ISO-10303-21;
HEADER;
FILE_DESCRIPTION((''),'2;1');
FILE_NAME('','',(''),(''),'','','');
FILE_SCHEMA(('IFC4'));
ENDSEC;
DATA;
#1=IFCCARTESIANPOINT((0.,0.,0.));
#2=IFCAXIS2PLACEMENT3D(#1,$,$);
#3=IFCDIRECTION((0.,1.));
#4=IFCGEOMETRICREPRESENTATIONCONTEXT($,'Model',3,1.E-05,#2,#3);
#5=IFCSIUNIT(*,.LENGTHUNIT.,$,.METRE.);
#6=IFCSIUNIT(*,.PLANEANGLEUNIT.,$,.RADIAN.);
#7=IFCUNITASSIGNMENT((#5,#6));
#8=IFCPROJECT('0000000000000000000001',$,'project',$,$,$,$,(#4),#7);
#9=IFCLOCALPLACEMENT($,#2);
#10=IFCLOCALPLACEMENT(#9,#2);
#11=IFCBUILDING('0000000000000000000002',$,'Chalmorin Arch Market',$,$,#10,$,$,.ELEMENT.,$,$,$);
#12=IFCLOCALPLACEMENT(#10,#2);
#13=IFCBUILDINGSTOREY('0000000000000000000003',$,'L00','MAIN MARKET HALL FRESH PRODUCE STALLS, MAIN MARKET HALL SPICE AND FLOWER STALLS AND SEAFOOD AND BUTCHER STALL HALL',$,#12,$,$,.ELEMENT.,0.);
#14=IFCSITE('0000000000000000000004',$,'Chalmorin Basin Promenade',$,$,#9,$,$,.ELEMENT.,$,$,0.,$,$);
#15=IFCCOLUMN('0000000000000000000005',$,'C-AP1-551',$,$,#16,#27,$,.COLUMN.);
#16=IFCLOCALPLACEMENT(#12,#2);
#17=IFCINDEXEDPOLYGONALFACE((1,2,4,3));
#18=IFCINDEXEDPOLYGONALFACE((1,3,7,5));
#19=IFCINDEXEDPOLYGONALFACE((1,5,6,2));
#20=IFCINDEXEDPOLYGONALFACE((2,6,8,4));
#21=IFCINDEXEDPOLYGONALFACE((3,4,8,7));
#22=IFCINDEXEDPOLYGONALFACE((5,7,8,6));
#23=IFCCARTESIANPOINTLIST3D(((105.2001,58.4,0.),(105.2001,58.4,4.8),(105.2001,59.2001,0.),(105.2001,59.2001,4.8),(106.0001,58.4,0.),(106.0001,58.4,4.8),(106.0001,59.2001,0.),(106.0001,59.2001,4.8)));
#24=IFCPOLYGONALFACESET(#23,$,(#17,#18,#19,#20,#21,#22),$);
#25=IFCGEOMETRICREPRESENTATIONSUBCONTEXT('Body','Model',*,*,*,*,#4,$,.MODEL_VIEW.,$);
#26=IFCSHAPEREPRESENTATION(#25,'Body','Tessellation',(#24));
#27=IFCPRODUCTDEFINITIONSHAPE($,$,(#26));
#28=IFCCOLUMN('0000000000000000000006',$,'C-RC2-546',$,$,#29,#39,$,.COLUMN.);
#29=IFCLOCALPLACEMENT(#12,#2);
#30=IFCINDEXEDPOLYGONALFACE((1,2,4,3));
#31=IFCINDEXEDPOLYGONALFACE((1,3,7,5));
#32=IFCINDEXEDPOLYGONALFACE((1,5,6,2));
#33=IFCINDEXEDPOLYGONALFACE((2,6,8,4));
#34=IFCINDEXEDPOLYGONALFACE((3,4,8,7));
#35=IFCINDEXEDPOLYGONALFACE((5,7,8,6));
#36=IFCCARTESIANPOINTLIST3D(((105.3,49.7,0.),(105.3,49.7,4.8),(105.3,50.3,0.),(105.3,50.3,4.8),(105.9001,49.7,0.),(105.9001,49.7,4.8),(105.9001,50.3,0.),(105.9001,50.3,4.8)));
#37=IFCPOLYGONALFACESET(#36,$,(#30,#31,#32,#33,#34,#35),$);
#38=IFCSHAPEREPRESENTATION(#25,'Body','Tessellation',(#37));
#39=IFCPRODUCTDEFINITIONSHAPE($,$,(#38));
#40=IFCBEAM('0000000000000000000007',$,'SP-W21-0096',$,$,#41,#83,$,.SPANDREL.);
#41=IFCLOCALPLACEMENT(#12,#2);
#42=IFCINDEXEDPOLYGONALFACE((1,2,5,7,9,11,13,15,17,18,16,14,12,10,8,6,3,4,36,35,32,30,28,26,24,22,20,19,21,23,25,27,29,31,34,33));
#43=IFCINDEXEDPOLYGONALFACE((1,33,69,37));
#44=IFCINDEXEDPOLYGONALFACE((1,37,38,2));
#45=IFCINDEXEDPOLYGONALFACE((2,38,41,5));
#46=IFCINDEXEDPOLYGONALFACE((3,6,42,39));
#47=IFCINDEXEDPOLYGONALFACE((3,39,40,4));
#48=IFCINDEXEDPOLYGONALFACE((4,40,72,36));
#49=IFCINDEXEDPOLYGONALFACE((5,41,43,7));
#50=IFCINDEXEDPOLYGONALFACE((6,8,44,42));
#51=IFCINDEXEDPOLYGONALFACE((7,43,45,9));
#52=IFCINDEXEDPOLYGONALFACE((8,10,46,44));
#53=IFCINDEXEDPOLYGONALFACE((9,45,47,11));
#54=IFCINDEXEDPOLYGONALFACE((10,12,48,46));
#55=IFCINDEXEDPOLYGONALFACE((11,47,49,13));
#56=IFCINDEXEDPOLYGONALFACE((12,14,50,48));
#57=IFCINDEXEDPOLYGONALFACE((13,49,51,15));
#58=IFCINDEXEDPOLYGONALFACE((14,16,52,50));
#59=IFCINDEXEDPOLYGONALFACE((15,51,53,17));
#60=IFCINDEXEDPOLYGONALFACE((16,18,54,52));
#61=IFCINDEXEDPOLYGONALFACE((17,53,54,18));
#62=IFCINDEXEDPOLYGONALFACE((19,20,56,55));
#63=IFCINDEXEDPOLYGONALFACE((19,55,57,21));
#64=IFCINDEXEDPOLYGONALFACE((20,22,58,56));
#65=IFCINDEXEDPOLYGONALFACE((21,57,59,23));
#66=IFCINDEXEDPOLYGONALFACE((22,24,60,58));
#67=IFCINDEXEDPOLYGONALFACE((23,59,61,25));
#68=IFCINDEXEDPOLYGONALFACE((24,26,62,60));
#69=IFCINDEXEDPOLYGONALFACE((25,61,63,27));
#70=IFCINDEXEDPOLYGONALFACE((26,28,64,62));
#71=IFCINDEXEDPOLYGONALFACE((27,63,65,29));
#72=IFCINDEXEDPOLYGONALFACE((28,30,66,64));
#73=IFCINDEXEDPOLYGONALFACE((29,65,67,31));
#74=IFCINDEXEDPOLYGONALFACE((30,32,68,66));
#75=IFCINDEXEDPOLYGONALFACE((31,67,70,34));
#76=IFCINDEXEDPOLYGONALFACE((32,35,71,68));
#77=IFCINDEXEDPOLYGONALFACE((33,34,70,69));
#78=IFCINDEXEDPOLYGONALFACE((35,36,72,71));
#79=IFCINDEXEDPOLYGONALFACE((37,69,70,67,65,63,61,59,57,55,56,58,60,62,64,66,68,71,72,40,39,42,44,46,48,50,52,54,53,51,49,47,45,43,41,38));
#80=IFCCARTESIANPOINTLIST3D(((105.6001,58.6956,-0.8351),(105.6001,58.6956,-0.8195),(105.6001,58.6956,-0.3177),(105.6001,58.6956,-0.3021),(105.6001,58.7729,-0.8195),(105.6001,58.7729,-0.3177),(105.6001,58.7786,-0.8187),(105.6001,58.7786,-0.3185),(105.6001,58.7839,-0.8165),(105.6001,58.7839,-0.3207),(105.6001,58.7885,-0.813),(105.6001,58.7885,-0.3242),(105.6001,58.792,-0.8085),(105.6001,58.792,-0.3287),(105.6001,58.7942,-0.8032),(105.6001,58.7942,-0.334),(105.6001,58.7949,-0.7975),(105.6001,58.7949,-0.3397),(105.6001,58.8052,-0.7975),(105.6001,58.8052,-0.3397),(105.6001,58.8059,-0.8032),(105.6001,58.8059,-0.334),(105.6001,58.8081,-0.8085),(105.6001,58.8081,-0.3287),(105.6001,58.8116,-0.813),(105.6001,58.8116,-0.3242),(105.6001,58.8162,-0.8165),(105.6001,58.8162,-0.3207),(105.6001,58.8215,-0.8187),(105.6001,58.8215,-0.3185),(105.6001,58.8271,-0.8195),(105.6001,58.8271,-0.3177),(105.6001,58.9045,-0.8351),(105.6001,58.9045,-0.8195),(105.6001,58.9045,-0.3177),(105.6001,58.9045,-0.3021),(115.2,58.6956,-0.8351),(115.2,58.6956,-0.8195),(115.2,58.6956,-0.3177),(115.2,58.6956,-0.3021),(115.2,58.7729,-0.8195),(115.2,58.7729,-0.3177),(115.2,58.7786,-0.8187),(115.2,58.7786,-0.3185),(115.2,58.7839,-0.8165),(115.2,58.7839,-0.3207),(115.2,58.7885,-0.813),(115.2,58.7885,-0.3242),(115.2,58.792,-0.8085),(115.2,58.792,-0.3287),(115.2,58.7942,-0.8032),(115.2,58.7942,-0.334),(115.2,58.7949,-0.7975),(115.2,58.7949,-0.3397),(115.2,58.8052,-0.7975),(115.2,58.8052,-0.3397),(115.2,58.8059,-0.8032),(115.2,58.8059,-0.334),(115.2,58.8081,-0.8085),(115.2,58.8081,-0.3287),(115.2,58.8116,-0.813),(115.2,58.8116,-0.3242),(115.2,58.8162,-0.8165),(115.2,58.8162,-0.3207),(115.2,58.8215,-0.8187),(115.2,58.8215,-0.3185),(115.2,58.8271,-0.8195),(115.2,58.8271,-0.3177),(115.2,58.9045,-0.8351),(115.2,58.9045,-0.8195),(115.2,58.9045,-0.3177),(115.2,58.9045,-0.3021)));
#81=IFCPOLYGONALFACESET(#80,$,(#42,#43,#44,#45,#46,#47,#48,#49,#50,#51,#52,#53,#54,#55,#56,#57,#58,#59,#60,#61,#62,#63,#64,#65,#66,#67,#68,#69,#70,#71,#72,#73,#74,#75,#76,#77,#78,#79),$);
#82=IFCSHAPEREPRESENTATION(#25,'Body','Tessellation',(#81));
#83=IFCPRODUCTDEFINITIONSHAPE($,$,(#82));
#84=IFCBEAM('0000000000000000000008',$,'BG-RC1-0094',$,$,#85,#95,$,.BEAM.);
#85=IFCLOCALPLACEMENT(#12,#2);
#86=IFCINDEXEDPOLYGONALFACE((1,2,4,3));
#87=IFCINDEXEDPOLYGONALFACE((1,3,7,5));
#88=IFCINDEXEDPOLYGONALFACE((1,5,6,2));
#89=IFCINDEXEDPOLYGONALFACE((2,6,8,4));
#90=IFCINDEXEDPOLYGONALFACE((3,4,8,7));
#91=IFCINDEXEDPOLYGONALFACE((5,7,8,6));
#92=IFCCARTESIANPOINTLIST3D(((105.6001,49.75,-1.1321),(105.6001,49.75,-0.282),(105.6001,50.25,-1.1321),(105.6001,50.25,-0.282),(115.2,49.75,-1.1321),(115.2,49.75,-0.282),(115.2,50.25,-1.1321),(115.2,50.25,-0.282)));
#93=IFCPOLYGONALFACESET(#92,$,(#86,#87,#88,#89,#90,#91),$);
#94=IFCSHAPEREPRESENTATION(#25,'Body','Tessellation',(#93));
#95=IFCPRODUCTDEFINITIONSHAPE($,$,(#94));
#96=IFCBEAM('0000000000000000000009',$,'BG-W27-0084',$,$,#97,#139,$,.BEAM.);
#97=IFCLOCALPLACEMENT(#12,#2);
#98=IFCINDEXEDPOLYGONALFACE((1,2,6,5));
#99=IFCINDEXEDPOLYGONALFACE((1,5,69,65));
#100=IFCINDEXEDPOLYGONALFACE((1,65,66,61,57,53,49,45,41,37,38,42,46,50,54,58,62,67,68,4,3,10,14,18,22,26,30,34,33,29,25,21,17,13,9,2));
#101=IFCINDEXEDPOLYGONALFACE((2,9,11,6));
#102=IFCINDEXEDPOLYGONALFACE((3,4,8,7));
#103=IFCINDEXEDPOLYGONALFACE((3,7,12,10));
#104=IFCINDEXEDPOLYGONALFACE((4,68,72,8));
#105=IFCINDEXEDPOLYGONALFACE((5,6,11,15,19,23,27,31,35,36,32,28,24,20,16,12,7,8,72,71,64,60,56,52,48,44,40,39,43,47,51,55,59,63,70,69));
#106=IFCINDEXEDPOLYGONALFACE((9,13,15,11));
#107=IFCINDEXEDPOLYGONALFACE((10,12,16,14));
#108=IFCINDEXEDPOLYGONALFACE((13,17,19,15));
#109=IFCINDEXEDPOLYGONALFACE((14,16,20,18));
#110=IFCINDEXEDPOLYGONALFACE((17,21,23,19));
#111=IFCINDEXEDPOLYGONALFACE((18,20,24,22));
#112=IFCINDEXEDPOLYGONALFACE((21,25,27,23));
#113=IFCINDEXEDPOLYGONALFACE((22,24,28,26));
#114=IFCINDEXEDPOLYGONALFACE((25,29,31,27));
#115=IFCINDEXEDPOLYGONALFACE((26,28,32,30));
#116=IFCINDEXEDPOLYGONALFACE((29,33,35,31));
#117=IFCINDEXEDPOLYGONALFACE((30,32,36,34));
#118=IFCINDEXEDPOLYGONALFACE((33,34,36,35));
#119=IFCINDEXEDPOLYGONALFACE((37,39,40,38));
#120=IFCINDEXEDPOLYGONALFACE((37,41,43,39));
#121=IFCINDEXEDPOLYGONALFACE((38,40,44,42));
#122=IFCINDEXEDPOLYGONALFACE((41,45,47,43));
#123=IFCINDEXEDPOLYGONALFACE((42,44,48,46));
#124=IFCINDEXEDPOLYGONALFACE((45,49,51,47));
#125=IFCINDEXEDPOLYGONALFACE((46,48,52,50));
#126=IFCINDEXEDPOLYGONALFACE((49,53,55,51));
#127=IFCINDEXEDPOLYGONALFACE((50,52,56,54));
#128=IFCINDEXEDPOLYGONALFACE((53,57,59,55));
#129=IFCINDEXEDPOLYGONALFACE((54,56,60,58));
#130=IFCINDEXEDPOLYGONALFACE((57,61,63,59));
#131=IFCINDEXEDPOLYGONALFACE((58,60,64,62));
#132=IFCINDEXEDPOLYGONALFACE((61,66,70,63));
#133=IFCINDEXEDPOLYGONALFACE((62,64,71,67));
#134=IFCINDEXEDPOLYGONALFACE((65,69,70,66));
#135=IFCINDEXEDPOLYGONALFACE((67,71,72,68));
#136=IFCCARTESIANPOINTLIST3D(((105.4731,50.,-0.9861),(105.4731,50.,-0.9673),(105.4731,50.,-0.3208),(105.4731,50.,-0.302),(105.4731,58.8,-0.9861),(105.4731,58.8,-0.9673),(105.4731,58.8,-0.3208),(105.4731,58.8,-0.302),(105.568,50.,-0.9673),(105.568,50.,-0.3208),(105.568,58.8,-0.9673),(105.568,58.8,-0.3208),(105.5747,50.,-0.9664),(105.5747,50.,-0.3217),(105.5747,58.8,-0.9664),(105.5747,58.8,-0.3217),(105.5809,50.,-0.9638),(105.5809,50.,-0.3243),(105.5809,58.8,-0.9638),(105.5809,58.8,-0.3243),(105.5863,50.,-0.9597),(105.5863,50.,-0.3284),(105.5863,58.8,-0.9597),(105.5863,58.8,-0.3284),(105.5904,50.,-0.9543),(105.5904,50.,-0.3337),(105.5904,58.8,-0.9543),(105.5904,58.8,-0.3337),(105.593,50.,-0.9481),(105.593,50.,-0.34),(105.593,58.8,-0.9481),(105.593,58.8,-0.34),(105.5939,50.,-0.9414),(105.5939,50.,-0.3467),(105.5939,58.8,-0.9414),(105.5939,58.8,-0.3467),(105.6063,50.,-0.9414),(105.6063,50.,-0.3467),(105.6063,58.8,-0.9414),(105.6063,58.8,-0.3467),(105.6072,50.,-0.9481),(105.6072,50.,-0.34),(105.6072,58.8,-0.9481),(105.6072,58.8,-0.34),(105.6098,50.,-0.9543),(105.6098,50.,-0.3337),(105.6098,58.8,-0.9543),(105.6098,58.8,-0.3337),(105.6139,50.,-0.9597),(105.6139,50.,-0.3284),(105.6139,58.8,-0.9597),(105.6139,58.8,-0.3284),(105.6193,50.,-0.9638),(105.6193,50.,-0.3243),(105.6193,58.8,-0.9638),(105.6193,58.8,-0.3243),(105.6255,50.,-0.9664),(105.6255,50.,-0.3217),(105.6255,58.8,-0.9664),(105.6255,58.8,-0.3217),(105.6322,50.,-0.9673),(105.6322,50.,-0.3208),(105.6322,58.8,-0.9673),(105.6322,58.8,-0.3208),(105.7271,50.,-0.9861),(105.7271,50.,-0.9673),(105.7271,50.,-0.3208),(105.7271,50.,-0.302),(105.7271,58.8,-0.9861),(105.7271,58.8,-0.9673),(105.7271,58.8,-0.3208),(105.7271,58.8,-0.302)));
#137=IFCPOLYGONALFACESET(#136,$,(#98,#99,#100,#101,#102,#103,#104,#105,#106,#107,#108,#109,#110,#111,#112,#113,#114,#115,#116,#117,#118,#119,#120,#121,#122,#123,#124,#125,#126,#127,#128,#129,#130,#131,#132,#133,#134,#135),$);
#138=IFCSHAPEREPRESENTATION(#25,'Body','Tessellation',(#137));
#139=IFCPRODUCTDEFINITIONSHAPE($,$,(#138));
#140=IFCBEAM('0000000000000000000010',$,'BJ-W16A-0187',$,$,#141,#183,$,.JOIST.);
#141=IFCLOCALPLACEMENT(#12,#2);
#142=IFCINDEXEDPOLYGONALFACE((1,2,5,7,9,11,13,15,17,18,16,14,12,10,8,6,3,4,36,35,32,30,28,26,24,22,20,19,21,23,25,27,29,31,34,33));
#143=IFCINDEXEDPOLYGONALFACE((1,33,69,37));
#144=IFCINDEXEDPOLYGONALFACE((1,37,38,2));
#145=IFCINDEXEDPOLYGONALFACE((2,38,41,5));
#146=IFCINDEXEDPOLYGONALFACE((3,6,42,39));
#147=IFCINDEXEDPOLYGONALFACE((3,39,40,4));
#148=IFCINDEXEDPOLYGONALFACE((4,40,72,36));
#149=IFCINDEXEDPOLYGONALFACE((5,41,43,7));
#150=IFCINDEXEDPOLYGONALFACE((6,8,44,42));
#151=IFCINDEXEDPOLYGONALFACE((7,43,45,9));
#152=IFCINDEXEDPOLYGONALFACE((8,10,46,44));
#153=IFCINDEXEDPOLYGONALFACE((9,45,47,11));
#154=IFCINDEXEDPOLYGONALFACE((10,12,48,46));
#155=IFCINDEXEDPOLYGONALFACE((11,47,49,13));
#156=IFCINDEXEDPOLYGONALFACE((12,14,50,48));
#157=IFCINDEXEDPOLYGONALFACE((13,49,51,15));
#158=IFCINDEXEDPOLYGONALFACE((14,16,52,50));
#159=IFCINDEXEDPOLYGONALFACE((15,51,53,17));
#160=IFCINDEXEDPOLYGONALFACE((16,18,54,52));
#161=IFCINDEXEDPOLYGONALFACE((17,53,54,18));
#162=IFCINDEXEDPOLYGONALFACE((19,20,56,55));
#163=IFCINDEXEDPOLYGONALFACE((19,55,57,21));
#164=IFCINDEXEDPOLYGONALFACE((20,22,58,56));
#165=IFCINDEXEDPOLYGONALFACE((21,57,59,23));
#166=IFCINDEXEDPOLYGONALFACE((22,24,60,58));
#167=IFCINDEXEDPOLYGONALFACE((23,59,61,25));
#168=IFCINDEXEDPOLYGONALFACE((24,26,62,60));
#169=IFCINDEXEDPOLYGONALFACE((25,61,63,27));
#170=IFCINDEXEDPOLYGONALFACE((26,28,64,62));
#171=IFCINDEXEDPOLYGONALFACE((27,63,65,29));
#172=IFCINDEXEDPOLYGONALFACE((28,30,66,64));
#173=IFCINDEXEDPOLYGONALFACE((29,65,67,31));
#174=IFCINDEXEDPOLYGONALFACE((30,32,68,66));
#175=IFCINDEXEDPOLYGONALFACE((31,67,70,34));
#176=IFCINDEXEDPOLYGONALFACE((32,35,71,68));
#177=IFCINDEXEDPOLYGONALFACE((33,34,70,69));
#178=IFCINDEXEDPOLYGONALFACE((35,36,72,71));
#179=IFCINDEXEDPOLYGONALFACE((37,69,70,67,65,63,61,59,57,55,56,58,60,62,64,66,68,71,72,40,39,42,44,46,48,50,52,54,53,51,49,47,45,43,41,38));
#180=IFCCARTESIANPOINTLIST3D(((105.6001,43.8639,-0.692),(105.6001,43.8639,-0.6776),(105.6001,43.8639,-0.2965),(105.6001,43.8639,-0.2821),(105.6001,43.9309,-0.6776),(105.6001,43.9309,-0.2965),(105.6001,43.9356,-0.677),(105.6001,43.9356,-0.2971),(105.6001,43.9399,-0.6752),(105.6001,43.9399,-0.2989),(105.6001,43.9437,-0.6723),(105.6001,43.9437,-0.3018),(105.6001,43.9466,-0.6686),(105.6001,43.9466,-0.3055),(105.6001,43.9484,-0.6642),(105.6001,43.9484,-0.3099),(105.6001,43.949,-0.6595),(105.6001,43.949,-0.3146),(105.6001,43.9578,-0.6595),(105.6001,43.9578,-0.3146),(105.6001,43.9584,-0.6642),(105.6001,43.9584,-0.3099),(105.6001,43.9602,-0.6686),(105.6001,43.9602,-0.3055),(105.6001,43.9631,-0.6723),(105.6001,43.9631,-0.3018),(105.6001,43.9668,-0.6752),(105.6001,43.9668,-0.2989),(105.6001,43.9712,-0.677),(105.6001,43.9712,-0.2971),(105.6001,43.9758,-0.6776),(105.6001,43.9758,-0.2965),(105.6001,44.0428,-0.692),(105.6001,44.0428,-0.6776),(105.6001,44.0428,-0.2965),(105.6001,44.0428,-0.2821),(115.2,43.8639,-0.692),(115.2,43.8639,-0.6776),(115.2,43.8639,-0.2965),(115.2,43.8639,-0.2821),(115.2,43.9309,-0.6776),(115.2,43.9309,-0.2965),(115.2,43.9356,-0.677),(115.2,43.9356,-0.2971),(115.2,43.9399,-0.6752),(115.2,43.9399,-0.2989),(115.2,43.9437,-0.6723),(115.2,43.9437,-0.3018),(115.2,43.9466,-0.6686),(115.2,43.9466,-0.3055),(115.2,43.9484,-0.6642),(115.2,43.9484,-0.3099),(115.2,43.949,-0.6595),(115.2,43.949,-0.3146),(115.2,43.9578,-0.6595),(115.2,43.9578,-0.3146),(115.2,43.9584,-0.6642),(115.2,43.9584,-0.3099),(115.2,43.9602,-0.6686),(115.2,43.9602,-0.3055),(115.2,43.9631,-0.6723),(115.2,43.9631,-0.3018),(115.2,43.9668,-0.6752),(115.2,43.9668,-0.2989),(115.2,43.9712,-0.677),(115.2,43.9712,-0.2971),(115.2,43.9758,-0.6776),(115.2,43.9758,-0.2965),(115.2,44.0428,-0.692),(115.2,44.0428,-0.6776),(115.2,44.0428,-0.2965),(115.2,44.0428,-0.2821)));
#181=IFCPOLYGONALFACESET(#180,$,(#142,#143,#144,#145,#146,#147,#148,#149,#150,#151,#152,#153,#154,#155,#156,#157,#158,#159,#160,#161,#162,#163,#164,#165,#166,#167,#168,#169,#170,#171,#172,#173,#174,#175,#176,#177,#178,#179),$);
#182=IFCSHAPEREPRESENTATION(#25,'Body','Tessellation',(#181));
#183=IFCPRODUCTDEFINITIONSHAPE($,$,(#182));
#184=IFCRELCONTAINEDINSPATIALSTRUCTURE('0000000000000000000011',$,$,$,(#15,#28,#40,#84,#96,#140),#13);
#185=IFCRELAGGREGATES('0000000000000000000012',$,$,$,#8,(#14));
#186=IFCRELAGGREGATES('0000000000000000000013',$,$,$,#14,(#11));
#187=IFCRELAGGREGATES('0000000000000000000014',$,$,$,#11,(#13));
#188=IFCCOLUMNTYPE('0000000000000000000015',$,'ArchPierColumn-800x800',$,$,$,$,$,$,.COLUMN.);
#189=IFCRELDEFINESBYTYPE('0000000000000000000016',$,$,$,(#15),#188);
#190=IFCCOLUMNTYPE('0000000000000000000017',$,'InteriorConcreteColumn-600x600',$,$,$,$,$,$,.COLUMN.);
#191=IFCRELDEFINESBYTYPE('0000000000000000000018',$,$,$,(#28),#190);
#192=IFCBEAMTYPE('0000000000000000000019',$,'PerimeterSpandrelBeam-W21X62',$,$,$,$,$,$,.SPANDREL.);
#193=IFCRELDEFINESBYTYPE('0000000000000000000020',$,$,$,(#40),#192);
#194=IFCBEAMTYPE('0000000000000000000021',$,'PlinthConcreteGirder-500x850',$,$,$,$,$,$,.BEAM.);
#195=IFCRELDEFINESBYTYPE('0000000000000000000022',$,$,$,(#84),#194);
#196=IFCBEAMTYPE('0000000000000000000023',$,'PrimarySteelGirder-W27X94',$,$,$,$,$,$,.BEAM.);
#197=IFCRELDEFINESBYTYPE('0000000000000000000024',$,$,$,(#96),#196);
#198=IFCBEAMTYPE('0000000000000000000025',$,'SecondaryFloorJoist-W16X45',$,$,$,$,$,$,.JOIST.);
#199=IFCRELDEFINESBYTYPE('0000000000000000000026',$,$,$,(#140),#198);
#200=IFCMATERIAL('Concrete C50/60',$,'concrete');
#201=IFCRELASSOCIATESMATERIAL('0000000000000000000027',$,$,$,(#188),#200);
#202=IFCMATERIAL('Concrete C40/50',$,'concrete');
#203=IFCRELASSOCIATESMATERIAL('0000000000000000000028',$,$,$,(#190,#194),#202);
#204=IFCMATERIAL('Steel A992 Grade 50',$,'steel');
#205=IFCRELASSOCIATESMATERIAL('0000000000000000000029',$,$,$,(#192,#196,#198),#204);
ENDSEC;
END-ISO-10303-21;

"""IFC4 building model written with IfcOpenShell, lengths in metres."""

from ifc_helpers import new_model, si_unit, direction, frame, origin, origin_2d, place, context, subcontext, project, spatial, rectangle, i_section, extrude, material, material_profile, profile_set, type_object, element, save


model = new_model("IFC4")

# Units and contexts
model_context = context("Model", 3, precision=1e-05, world=origin(), true_north=direction((0.0, 1.0)))
body_context = subcontext(model_context, "Body", "Model", "MODEL_VIEW")
ifc_project = project(units=[si_unit("LENGTHUNIT", "METRE"), si_unit("PLANEANGLEUNIT", "RADIAN")], contexts=[model_context])

# Site, building, storey
site_placement = place(None, origin())
site = spatial("IfcSite", under=ifc_project, at=site_placement, Name="Chalmorin Basin Promenade", CompositionType="ELEMENT", RefElevation=0.0)
building_placement = place(site_placement, origin())
building = spatial("IfcBuilding", under=site, at=building_placement, Name="Chalmorin Arch Market", CompositionType="ELEMENT")
storey_placement = place(building_placement, origin())
storey = spatial("IfcBuildingStorey", under=building, at=storey_placement, Name="L00", Description="MAIN MARKET HALL FRESH PRODUCE STALLS, MAIN MARKET HALL SPICE AND FLOWER STALLS AND SEAFOOD AND BUTCHER STALL HALL", CompositionType="ELEMENT", Elevation=0.0)

# Columns
ifc_material_1 = material(Name="Concrete C50/60", Category="concrete")
ifc_material_profile_1 = material_profile(ifc_material_1, rectangle(XDim=0.8, YDim=0.8, at=origin_2d()), Name="RC800X800")
ifc_profile_set_1 = profile_set([ifc_material_profile_1], Name="Concrete C50/60")
column_type_1 = type_object("IfcColumnType", Name="ArchPierColumn-800x800", PredefinedType="COLUMN", material=ifc_profile_set_1)
column_1_placement = place(storey_placement, frame((105.6001, 58.8, 0.0), z_axis=(0.0, 0.0, 1.0), x_axis=(1.0, 0.0, 0.0)))
element("IfcColumn", 1, at=column_1_placement, inside=storey, type_object=column_type_1, Name="C-AP1-551", PredefinedType="COLUMN", context=body_context, shape_type="SweptSolid", body=[
    extrude(rectangle(XDim=0.8, YDim=0.8, at=origin_2d()), origin(), (0.0, 0.0, 1.0), 4.8),
])
ifc_material_2 = material(Name="Concrete C40/50", Category="concrete")
ifc_material_profile_2 = material_profile(ifc_material_2, rectangle(XDim=0.6001, YDim=0.6001, at=origin_2d()), Name="RC600X600")
ifc_profile_set_2 = profile_set([ifc_material_profile_2], Name="Concrete C40/50")
column_type_2 = type_object("IfcColumnType", Name="InteriorConcreteColumn-600x600", PredefinedType="COLUMN", material=ifc_profile_set_2)
column_2_placement = place(storey_placement, frame((105.6001, 50.0, 0.0), z_axis=(0.0, 0.0, 1.0), x_axis=(1.0, 0.0, 0.0)))
element("IfcColumn", 2, at=column_2_placement, inside=storey, type_object=column_type_2, Name="C-RC2-546", PredefinedType="COLUMN", context=body_context, shape_type="SweptSolid", body=[
    extrude(rectangle(XDim=0.6001, YDim=0.6001, at=origin_2d()), origin(), (0.0, 0.0, 1.0), 4.8),
])

# Beams
ifc_material_3 = material(Name="Steel A992 Grade 50", Category="steel")
ifc_material_profile_3 = material_profile(ifc_material_3, i_section(OverallWidth=0.209, OverallDepth=0.533, WebThickness=0.0103, FlangeThickness=0.0156, FilletRadius=0.022, at=origin_2d()), Name="W21X62")
ifc_profile_set_3 = profile_set([ifc_material_profile_3], Name="Steel A992 Grade 50")
beam_type_1 = type_object("IfcBeamType", Name="PerimeterSpandrelBeam-W21X62", PredefinedType="SPANDREL", material=ifc_profile_set_3)
beam_1_placement = place(storey_placement, frame((105.6001, 58.8, -0.5686), z_axis=(1.0, 0.0, 0.0), x_axis=(0.0, 1.0, 0.0)))
element("IfcBeam", 3, at=beam_1_placement, inside=storey, type_object=beam_type_1, Name="SP-W21-0096", PredefinedType="SPANDREL", context=body_context, shape_type="SweptSolid", body=[
    extrude(i_section(OverallWidth=0.209, OverallDepth=0.533, WebThickness=0.0103, FlangeThickness=0.0156, FilletRadius=0.022, at=origin_2d()), origin(), (0.0, 0.0, 1.0), 9.5999),
])
ifc_material_profile_4 = material_profile(ifc_material_2, rectangle(XDim=0.5, YDim=0.8501, at=origin_2d()), Name="RC500X850")
ifc_profile_set_4 = profile_set([ifc_material_profile_4], Name="Concrete C40/50")
beam_type_2 = type_object("IfcBeamType", Name="PlinthConcreteGirder-500x850", PredefinedType="BEAM", material=ifc_profile_set_4)
beam_2_placement = place(storey_placement, frame((105.6001, 50.0, -0.707), z_axis=(1.0, 0.0, 0.0), x_axis=(0.0, 1.0, 0.0)))
element("IfcBeam", 4, at=beam_2_placement, inside=storey, type_object=beam_type_2, Name="BG-RC1-0094", PredefinedType="BEAM", context=body_context, shape_type="SweptSolid", body=[
    extrude(rectangle(XDim=0.5, YDim=0.8501, at=origin_2d()), origin(), (0.0, 0.0, 1.0), 9.5999),
])
ifc_material_profile_5 = material_profile(ifc_material_3, i_section(OverallWidth=0.2539, OverallDepth=0.6841, WebThickness=0.0125, FlangeThickness=0.0188, FilletRadius=0.0259, at=origin_2d()), Name="W27X94")
ifc_profile_set_5 = profile_set([ifc_material_profile_5], Name="Steel A992 Grade 50")
beam_type_3 = type_object("IfcBeamType", Name="PrimarySteelGirder-W27X94", PredefinedType="BEAM", material=ifc_profile_set_5)
beam_3_placement = place(storey_placement, frame((105.6001, 50.0, -0.644), z_axis=(0.0, 1.0, 0.0), x_axis=(-1.0, 0.0, 0.0)))
element("IfcBeam", 5, at=beam_3_placement, inside=storey, type_object=beam_type_3, Name="BG-W27-0084", PredefinedType="BEAM", context=body_context, shape_type="SweptSolid", body=[
    extrude(i_section(OverallWidth=0.2539, OverallDepth=0.6841, WebThickness=0.0125, FlangeThickness=0.0188, FilletRadius=0.0259, at=origin_2d()), origin(), (0.0, 0.0, 1.0), 8.8),
])
ifc_material_profile_6 = material_profile(ifc_material_3, i_section(OverallWidth=0.179, OverallDepth=0.4099, WebThickness=0.0088, FlangeThickness=0.0144, FilletRadius=0.0181, at=origin_2d()), Name="W16X45")
ifc_profile_set_6 = profile_set([ifc_material_profile_6], Name="Steel A992 Grade 50")
beam_type_4 = type_object("IfcBeamType", Name="SecondaryFloorJoist-W16X45", PredefinedType="JOIST", material=ifc_profile_set_6)
for number, where, z_axis, x_axis, name in (
    (6, (105.6001, 43.9534, -0.4871), (1.0, 0.0, 0.0), (0.0, 1.0, 0.0), "BJ-W16A-0187"),
):
    element("IfcBeam", number, at=place(storey_placement, frame(where, z_axis=z_axis, x_axis=x_axis)), inside=storey, type_object=beam_type_4, Name=name, PredefinedType="JOIST", context=body_context, shape_type="SweptSolid", body=[
        extrude(i_section(OverallWidth=0.179, OverallDepth=0.4099, WebThickness=0.0088, FlangeThickness=0.0144, FilletRadius=0.0181, at=origin_2d()), origin(), (0.0, 0.0, 1.0), 9.5999),
    ])

save(model, "model.ifc")
